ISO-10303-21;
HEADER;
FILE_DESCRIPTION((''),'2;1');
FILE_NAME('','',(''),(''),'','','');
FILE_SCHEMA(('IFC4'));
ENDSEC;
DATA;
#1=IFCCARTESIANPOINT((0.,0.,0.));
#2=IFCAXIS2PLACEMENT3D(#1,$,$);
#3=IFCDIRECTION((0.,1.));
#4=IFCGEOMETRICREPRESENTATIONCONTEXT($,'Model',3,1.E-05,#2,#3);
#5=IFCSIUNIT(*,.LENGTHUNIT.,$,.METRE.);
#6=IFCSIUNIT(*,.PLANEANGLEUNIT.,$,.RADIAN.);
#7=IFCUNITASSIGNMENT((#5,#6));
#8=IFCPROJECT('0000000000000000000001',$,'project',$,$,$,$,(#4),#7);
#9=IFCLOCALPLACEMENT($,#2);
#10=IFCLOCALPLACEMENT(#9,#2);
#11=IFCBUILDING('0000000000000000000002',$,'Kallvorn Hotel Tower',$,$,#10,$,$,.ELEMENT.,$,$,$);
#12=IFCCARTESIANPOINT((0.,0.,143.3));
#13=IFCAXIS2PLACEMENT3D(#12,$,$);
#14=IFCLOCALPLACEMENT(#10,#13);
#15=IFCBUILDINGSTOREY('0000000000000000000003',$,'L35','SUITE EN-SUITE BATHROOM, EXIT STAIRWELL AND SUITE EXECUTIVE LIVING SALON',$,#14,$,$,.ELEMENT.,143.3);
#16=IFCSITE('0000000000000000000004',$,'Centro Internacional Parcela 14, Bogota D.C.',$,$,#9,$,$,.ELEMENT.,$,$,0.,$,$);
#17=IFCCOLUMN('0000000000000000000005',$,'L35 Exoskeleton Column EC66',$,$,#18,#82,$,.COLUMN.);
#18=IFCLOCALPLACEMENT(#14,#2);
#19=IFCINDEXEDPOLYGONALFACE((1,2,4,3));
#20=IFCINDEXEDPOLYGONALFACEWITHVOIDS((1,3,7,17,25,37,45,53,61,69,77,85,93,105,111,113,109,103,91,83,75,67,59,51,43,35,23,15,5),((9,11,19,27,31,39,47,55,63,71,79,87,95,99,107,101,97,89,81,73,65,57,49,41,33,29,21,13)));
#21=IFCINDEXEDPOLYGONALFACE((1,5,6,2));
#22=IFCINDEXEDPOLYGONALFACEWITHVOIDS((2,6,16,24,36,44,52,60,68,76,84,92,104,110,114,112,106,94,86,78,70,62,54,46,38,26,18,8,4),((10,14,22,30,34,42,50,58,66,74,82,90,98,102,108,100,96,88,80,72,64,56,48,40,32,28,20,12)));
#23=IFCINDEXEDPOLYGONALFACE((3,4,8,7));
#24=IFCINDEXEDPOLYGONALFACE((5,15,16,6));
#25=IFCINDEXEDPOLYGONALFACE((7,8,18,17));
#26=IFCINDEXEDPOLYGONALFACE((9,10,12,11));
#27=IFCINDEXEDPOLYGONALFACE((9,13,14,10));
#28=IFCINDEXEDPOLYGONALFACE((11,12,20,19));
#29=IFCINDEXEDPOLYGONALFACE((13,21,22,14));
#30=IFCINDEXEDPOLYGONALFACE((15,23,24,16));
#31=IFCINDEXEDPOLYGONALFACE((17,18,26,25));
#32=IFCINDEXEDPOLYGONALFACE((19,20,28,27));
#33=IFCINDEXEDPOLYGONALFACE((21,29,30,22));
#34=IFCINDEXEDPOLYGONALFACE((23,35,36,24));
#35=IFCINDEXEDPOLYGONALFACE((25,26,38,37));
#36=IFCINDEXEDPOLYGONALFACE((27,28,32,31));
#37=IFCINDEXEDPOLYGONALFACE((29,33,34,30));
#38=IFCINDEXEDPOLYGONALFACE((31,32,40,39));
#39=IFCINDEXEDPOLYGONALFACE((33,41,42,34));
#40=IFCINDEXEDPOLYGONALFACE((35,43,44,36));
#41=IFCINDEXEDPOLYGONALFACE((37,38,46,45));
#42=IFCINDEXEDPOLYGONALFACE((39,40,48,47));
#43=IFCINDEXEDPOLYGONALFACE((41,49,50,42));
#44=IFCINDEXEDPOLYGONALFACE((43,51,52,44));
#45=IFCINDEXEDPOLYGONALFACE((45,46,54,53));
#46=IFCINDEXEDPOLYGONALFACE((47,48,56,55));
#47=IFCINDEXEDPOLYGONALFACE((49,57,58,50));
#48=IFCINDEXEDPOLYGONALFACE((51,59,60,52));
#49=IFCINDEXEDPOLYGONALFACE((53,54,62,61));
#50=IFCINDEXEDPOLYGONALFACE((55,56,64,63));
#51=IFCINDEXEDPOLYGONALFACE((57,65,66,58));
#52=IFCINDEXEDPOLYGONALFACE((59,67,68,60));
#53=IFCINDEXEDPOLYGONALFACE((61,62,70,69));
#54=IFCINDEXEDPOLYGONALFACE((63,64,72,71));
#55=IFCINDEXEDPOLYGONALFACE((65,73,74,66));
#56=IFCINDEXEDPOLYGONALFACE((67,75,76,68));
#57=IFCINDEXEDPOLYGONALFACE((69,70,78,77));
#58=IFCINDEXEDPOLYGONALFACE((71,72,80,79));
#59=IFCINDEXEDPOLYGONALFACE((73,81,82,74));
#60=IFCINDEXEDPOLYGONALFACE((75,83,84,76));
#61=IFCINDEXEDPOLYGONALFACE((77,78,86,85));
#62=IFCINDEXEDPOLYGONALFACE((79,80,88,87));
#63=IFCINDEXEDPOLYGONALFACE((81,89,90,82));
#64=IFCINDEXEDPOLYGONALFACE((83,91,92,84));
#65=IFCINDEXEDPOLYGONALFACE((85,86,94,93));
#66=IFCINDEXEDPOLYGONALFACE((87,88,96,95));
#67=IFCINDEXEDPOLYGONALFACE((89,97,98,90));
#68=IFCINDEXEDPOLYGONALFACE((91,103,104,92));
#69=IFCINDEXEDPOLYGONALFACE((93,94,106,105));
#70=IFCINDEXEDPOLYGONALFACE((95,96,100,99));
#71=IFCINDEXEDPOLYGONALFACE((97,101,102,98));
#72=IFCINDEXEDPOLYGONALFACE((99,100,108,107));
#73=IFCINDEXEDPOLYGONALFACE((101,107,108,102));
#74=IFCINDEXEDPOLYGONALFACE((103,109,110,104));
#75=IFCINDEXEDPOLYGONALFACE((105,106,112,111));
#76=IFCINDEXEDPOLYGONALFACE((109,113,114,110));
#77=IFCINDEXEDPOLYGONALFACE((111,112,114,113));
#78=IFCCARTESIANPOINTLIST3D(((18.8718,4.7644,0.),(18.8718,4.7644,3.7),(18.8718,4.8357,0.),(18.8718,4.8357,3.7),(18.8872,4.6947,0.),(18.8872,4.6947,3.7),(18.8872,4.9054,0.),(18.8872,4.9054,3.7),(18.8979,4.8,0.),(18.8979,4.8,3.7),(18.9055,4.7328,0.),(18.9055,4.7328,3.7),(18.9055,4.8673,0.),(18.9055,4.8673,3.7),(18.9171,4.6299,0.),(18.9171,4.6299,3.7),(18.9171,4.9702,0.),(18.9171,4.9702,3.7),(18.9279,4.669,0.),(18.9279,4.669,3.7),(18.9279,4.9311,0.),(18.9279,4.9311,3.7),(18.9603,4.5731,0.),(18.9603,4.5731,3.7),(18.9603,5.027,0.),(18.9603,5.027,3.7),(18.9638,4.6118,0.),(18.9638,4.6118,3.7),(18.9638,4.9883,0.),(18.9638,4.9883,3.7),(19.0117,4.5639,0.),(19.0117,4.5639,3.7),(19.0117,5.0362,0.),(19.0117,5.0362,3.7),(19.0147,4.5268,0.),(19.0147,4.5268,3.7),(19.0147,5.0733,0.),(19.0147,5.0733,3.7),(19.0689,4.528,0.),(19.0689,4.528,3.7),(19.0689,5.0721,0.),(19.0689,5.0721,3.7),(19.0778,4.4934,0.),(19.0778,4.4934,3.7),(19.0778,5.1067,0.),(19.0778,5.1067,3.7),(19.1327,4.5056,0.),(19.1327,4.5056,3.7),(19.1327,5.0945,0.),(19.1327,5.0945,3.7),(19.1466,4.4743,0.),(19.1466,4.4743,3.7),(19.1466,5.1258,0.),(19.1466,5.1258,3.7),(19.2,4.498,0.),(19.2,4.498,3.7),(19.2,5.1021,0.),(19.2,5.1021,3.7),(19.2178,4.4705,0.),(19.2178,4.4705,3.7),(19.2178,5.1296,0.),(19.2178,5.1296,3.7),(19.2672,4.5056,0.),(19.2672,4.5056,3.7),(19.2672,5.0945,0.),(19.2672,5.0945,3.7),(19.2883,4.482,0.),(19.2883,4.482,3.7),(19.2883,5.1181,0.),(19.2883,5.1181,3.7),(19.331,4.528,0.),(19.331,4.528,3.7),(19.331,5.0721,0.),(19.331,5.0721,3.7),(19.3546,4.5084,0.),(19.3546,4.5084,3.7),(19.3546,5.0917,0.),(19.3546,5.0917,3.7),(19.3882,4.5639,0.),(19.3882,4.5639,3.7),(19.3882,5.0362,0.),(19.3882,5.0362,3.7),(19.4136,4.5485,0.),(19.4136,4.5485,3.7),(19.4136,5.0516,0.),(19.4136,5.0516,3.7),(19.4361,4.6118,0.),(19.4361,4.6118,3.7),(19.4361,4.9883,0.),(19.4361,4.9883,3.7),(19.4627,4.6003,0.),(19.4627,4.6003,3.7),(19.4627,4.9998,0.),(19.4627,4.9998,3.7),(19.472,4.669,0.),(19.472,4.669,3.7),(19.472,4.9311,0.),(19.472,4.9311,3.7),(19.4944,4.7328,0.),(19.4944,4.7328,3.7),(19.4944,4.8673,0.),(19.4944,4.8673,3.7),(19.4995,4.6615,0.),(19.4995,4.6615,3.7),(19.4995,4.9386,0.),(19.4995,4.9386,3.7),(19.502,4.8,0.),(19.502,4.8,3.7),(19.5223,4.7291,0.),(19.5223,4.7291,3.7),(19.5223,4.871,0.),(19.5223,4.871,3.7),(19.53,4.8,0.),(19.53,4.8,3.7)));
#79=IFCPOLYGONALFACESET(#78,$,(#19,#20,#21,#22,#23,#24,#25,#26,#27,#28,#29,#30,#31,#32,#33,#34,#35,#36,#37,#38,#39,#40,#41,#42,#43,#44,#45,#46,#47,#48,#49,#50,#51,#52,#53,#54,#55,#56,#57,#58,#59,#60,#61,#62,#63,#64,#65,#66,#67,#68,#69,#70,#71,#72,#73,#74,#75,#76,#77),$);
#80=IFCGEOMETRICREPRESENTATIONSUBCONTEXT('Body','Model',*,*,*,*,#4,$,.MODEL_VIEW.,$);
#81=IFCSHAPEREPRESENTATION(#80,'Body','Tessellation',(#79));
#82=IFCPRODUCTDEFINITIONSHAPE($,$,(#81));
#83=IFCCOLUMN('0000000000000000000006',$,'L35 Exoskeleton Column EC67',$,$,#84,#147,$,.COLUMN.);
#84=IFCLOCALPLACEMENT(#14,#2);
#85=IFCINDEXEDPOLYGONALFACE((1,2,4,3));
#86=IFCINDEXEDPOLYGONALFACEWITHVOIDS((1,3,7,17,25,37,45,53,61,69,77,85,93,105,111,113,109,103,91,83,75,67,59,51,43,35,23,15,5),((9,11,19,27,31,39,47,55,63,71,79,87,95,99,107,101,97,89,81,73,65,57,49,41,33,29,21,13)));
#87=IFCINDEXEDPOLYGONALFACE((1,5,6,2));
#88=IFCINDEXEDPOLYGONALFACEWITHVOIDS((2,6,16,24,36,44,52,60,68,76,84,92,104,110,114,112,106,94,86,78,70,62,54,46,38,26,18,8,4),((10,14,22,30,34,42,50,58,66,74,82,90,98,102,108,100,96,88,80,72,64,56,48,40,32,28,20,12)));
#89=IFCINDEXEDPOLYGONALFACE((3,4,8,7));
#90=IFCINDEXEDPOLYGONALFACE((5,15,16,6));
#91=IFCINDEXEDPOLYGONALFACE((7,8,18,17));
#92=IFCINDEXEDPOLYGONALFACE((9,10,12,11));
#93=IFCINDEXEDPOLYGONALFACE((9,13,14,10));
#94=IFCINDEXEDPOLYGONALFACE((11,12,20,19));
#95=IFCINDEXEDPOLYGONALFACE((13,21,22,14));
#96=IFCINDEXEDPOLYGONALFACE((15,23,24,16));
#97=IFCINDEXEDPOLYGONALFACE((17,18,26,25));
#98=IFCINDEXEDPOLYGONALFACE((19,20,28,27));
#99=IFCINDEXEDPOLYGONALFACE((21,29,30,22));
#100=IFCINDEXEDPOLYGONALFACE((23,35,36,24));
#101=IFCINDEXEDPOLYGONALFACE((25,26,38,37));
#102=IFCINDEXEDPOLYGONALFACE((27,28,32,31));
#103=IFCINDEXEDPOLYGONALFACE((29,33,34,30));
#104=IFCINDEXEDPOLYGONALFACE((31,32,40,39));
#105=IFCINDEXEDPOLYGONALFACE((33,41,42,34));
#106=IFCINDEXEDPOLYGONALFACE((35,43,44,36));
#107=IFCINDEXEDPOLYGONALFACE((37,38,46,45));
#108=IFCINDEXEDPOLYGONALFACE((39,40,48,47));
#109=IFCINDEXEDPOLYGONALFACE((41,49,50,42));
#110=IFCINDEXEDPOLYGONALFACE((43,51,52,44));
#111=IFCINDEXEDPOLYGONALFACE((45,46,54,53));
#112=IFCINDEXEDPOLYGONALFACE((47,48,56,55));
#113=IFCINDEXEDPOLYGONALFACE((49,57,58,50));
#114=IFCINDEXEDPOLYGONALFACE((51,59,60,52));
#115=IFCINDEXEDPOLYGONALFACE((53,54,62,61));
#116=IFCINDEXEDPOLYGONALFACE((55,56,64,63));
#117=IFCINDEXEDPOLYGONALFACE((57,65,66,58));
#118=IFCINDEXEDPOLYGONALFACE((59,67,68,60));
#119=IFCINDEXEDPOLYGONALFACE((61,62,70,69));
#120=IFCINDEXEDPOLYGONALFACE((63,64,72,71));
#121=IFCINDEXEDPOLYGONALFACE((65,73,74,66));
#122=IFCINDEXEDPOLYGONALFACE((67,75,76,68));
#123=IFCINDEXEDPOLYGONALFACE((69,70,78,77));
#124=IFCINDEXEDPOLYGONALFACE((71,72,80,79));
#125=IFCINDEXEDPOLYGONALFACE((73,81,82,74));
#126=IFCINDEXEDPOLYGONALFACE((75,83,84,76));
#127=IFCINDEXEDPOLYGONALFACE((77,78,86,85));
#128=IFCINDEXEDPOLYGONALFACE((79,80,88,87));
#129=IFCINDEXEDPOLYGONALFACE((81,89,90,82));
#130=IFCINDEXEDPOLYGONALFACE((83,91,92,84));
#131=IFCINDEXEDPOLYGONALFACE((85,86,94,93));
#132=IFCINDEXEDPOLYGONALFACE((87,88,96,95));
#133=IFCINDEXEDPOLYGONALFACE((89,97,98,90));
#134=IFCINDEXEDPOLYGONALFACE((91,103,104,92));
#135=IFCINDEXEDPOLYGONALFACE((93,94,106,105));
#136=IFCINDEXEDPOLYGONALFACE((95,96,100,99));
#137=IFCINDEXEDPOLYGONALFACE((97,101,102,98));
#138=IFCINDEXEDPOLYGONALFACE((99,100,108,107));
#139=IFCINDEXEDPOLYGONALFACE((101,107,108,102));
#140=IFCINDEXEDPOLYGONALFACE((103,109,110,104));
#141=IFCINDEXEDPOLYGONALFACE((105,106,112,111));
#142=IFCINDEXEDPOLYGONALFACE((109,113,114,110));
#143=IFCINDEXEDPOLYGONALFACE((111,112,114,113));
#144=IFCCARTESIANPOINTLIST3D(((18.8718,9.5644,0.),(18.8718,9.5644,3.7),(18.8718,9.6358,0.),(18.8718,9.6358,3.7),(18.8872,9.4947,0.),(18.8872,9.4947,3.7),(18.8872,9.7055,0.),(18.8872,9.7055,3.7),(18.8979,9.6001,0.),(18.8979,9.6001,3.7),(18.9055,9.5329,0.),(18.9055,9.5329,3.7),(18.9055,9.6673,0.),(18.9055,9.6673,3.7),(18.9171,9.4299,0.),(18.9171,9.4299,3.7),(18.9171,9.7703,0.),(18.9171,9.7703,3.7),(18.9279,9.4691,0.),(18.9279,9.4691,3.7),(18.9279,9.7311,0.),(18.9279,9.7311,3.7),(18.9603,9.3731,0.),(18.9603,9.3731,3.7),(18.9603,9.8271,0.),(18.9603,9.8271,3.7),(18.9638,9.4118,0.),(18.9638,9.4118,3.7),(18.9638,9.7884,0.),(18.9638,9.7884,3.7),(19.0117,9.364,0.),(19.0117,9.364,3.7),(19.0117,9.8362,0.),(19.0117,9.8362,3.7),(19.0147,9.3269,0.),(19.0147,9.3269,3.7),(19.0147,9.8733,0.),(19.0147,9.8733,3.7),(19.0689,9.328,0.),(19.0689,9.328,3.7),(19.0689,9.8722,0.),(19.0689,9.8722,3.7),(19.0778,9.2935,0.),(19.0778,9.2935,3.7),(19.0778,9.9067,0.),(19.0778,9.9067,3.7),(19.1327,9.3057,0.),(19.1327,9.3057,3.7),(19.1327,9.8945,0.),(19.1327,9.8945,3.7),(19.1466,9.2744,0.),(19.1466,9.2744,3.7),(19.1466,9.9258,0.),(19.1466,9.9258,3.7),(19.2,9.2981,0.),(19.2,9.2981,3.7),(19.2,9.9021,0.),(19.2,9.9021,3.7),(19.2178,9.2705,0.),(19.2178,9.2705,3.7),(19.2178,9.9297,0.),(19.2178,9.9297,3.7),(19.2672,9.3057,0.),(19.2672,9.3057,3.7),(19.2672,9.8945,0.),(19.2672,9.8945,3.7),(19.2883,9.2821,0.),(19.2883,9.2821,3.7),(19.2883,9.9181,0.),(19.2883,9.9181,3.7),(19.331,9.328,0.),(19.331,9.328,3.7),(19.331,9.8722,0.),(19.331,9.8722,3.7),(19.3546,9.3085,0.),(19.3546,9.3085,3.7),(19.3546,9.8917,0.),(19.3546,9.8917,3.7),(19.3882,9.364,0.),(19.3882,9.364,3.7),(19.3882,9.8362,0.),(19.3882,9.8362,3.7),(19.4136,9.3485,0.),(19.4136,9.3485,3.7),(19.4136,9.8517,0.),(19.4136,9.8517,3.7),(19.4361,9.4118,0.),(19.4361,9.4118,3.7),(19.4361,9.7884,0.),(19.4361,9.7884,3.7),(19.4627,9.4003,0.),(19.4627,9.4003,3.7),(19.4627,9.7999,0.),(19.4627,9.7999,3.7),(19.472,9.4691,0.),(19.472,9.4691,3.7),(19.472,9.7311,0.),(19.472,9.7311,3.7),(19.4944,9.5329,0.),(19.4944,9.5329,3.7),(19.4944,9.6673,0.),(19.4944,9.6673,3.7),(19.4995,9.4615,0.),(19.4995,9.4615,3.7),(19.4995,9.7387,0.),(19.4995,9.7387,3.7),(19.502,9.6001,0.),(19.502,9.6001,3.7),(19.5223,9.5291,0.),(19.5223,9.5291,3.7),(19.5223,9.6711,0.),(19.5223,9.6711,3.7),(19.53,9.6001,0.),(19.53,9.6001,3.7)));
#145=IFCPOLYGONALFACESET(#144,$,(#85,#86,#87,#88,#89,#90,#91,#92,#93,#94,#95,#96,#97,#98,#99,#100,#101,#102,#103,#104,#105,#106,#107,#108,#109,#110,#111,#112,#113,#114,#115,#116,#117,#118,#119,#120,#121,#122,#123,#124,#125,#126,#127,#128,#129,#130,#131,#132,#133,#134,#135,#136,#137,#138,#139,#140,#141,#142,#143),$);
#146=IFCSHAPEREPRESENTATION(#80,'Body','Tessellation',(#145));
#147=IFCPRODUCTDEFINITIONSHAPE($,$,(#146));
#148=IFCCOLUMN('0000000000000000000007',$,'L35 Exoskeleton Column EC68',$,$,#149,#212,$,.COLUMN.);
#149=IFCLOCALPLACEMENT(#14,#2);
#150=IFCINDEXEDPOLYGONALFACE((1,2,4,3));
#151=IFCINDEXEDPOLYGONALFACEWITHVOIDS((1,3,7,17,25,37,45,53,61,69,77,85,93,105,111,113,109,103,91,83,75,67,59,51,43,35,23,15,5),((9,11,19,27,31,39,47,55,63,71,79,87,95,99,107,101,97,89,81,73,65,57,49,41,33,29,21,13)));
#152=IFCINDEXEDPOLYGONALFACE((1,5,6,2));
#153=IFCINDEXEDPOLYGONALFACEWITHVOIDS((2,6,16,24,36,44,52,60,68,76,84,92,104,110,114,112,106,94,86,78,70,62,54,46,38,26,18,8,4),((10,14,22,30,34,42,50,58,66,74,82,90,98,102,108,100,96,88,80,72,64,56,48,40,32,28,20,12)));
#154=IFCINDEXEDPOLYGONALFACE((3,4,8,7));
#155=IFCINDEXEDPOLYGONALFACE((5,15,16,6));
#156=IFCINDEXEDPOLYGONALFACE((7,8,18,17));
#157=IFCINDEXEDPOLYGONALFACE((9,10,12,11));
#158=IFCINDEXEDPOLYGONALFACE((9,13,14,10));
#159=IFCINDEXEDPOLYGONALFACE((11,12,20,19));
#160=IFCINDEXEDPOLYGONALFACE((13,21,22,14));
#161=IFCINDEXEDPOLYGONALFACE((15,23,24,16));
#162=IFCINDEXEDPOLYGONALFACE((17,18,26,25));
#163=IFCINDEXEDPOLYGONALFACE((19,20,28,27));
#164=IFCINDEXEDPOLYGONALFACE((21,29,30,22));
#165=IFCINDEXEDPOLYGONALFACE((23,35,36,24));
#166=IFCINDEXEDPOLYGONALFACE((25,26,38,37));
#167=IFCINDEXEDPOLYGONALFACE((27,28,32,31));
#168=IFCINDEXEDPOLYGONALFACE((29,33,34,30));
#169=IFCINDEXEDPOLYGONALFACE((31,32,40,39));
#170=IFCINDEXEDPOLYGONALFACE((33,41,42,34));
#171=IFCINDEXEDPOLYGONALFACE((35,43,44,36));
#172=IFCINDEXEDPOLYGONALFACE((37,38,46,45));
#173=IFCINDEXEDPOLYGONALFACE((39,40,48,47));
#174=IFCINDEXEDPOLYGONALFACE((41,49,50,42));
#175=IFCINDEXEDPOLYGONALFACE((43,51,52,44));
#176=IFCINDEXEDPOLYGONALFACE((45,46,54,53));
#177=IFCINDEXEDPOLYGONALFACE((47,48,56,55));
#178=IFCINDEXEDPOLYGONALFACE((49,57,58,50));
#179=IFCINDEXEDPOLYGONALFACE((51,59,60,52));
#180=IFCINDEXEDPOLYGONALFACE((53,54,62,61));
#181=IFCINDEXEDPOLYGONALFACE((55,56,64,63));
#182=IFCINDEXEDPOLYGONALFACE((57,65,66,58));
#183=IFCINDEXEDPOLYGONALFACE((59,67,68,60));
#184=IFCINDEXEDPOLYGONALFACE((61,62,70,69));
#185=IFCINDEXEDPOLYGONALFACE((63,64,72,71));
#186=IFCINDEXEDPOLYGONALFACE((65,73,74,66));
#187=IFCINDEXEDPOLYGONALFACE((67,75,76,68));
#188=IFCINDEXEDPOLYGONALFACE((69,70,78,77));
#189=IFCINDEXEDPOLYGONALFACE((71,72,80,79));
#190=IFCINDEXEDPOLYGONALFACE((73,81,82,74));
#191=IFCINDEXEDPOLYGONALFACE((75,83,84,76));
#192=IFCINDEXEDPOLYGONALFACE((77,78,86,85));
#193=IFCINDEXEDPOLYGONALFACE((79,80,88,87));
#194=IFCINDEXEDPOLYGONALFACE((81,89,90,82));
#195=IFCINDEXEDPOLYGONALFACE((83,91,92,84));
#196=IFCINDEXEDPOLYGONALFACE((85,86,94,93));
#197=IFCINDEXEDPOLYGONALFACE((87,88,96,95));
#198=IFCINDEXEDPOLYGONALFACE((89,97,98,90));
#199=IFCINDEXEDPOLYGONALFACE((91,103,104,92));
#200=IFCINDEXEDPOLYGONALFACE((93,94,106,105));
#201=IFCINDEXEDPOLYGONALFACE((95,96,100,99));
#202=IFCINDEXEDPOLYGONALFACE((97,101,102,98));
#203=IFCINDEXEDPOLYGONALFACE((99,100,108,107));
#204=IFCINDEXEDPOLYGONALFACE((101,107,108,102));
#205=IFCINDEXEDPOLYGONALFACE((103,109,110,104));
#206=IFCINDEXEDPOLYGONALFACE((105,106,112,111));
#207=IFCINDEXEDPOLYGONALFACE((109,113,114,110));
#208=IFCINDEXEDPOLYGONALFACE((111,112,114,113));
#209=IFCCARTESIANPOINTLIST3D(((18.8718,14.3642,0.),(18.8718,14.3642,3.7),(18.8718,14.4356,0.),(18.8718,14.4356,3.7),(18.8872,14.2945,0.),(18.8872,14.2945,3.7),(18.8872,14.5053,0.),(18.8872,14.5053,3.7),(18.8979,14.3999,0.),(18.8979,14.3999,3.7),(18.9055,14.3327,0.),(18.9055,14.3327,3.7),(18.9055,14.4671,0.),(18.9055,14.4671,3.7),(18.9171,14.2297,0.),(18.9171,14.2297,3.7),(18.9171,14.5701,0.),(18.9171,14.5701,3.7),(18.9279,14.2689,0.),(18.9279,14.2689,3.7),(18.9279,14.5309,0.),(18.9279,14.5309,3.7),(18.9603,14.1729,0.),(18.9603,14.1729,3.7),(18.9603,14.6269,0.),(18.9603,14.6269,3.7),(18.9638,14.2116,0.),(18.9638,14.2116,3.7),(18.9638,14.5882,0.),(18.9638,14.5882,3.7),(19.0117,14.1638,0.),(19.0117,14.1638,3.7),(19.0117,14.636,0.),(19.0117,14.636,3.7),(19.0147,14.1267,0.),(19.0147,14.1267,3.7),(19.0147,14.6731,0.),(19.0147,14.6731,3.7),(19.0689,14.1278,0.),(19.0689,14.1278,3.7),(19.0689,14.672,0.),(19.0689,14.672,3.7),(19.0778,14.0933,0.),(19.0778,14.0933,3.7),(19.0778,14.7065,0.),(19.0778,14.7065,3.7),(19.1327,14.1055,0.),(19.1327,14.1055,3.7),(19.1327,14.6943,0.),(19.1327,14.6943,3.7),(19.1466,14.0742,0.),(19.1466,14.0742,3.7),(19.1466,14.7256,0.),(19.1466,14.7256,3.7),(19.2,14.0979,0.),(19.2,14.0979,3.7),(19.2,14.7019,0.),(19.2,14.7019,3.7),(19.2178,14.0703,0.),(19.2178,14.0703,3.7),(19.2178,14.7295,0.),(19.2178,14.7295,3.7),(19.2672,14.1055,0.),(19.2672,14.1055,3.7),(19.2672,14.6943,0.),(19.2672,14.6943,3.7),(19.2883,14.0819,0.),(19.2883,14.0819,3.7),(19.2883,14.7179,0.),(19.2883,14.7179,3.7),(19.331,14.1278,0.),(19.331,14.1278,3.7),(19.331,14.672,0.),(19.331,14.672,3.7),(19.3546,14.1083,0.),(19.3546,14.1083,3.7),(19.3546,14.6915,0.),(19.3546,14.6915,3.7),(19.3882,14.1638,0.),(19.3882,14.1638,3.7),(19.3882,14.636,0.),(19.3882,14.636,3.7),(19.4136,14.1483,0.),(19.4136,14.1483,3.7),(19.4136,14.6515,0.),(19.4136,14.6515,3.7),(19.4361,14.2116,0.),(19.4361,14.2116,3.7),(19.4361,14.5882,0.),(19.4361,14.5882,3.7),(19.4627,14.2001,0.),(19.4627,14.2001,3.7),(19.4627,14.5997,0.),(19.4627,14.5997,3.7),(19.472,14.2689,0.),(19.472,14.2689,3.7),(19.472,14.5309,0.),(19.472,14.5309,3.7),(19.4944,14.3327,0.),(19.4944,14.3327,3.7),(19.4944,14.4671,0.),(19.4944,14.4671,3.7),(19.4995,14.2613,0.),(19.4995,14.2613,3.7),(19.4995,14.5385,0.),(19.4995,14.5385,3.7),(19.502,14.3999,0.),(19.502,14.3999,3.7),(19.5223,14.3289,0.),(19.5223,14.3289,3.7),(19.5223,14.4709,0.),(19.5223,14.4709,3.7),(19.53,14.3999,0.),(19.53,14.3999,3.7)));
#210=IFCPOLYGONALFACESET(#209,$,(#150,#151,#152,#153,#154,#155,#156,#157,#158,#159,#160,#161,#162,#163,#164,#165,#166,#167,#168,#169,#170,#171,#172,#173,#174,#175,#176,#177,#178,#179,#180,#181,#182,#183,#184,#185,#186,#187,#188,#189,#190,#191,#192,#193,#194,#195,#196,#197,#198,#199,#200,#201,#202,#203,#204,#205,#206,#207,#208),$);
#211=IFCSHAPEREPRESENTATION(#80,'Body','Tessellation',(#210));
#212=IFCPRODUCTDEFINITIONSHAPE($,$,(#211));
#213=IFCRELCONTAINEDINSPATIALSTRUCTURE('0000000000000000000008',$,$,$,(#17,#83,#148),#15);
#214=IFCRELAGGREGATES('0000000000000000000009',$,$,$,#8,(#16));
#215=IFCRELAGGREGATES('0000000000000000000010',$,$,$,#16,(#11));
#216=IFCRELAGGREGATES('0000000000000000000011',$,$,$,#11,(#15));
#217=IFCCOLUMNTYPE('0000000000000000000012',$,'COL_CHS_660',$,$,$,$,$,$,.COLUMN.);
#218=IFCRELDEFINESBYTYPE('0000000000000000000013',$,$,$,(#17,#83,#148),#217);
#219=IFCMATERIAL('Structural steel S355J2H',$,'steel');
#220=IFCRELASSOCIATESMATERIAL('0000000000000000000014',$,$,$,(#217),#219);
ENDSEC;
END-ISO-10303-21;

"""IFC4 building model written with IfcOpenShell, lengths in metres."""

from ifc_helpers import new_model, si_unit, direction, frame, origin, origin_2d, place, context, subcontext, project, spatial, hollow_circle, extrude, material, material_profile, profile_set, type_object, element, save


model = new_model("IFC4")

# Units and contexts
model_context = context("Model", 3, precision=1e-05, world=origin(), true_north=direction((0.0, 1.0)))
body_context = subcontext(model_context, "Body", "Model", "MODEL_VIEW")
ifc_project = project(units=[si_unit("LENGTHUNIT", "METRE"), si_unit("PLANEANGLEUNIT", "RADIAN")], contexts=[model_context])

# Site, building, storey
site_placement = place(None, origin())
site = spatial("IfcSite", under=ifc_project, at=site_placement, Name="Centro Internacional Parcela 14, Bogota D.C.", CompositionType="ELEMENT", RefElevation=0.0)
building_placement = place(site_placement, origin())
building = spatial("IfcBuilding", under=site, at=building_placement, Name="Kallvorn Hotel Tower", CompositionType="ELEMENT")
storey_placement = place(building_placement, frame((0.0, 0.0, 143.3)))
storey = spatial("IfcBuildingStorey", under=building, at=storey_placement, Name="L35", Description="SUITE EN-SUITE BATHROOM, EXIT STAIRWELL AND SUITE EXECUTIVE LIVING SALON", CompositionType="ELEMENT", Elevation=143.3)

# Columns
ifc_material_1 = material(Name="Structural steel S355J2H", Category="steel")
ifc_material_profile_1 = material_profile(ifc_material_1, hollow_circle(Radius=0.3301, WallThickness=0.0281, at=origin_2d()), Name="CHS 660x28")
ifc_profile_set_1 = profile_set([ifc_material_profile_1], Name="Structural steel S355J2H")
column_type_1 = type_object("IfcColumnType", Name="COL_CHS_660", PredefinedType="COLUMN", material=ifc_profile_set_1)
for number, where, z_axis, x_axis, name in (
    (1, (19.2, 4.8, 0.0), (0.0, 0.0, 1.0), (1.0, 0.0, 0.0), "L35 Exoskeleton Column EC66"),
    (2, (19.2, 9.6001, 0.0), (0.0, 0.0, 1.0), (1.0, 0.0, 0.0), "L35 Exoskeleton Column EC67"),
    (3, (19.2, 14.3999, 0.0), (0.0, 0.0, 1.0), (1.0, 0.0, 0.0), "L35 Exoskeleton Column EC68"),
):
    element("IfcColumn", number, at=place(storey_placement, frame(where, z_axis=z_axis, x_axis=x_axis)), inside=storey, type_object=column_type_1, Name=name, PredefinedType="COLUMN", context=body_context, shape_type="SweptSolid", body=[
        extrude(hollow_circle(Radius=0.3301, WallThickness=0.0281, at=origin_2d()), origin(), (0.0, 0.0, 1.0), 3.7),
    ])

save(model, "model.ifc")
